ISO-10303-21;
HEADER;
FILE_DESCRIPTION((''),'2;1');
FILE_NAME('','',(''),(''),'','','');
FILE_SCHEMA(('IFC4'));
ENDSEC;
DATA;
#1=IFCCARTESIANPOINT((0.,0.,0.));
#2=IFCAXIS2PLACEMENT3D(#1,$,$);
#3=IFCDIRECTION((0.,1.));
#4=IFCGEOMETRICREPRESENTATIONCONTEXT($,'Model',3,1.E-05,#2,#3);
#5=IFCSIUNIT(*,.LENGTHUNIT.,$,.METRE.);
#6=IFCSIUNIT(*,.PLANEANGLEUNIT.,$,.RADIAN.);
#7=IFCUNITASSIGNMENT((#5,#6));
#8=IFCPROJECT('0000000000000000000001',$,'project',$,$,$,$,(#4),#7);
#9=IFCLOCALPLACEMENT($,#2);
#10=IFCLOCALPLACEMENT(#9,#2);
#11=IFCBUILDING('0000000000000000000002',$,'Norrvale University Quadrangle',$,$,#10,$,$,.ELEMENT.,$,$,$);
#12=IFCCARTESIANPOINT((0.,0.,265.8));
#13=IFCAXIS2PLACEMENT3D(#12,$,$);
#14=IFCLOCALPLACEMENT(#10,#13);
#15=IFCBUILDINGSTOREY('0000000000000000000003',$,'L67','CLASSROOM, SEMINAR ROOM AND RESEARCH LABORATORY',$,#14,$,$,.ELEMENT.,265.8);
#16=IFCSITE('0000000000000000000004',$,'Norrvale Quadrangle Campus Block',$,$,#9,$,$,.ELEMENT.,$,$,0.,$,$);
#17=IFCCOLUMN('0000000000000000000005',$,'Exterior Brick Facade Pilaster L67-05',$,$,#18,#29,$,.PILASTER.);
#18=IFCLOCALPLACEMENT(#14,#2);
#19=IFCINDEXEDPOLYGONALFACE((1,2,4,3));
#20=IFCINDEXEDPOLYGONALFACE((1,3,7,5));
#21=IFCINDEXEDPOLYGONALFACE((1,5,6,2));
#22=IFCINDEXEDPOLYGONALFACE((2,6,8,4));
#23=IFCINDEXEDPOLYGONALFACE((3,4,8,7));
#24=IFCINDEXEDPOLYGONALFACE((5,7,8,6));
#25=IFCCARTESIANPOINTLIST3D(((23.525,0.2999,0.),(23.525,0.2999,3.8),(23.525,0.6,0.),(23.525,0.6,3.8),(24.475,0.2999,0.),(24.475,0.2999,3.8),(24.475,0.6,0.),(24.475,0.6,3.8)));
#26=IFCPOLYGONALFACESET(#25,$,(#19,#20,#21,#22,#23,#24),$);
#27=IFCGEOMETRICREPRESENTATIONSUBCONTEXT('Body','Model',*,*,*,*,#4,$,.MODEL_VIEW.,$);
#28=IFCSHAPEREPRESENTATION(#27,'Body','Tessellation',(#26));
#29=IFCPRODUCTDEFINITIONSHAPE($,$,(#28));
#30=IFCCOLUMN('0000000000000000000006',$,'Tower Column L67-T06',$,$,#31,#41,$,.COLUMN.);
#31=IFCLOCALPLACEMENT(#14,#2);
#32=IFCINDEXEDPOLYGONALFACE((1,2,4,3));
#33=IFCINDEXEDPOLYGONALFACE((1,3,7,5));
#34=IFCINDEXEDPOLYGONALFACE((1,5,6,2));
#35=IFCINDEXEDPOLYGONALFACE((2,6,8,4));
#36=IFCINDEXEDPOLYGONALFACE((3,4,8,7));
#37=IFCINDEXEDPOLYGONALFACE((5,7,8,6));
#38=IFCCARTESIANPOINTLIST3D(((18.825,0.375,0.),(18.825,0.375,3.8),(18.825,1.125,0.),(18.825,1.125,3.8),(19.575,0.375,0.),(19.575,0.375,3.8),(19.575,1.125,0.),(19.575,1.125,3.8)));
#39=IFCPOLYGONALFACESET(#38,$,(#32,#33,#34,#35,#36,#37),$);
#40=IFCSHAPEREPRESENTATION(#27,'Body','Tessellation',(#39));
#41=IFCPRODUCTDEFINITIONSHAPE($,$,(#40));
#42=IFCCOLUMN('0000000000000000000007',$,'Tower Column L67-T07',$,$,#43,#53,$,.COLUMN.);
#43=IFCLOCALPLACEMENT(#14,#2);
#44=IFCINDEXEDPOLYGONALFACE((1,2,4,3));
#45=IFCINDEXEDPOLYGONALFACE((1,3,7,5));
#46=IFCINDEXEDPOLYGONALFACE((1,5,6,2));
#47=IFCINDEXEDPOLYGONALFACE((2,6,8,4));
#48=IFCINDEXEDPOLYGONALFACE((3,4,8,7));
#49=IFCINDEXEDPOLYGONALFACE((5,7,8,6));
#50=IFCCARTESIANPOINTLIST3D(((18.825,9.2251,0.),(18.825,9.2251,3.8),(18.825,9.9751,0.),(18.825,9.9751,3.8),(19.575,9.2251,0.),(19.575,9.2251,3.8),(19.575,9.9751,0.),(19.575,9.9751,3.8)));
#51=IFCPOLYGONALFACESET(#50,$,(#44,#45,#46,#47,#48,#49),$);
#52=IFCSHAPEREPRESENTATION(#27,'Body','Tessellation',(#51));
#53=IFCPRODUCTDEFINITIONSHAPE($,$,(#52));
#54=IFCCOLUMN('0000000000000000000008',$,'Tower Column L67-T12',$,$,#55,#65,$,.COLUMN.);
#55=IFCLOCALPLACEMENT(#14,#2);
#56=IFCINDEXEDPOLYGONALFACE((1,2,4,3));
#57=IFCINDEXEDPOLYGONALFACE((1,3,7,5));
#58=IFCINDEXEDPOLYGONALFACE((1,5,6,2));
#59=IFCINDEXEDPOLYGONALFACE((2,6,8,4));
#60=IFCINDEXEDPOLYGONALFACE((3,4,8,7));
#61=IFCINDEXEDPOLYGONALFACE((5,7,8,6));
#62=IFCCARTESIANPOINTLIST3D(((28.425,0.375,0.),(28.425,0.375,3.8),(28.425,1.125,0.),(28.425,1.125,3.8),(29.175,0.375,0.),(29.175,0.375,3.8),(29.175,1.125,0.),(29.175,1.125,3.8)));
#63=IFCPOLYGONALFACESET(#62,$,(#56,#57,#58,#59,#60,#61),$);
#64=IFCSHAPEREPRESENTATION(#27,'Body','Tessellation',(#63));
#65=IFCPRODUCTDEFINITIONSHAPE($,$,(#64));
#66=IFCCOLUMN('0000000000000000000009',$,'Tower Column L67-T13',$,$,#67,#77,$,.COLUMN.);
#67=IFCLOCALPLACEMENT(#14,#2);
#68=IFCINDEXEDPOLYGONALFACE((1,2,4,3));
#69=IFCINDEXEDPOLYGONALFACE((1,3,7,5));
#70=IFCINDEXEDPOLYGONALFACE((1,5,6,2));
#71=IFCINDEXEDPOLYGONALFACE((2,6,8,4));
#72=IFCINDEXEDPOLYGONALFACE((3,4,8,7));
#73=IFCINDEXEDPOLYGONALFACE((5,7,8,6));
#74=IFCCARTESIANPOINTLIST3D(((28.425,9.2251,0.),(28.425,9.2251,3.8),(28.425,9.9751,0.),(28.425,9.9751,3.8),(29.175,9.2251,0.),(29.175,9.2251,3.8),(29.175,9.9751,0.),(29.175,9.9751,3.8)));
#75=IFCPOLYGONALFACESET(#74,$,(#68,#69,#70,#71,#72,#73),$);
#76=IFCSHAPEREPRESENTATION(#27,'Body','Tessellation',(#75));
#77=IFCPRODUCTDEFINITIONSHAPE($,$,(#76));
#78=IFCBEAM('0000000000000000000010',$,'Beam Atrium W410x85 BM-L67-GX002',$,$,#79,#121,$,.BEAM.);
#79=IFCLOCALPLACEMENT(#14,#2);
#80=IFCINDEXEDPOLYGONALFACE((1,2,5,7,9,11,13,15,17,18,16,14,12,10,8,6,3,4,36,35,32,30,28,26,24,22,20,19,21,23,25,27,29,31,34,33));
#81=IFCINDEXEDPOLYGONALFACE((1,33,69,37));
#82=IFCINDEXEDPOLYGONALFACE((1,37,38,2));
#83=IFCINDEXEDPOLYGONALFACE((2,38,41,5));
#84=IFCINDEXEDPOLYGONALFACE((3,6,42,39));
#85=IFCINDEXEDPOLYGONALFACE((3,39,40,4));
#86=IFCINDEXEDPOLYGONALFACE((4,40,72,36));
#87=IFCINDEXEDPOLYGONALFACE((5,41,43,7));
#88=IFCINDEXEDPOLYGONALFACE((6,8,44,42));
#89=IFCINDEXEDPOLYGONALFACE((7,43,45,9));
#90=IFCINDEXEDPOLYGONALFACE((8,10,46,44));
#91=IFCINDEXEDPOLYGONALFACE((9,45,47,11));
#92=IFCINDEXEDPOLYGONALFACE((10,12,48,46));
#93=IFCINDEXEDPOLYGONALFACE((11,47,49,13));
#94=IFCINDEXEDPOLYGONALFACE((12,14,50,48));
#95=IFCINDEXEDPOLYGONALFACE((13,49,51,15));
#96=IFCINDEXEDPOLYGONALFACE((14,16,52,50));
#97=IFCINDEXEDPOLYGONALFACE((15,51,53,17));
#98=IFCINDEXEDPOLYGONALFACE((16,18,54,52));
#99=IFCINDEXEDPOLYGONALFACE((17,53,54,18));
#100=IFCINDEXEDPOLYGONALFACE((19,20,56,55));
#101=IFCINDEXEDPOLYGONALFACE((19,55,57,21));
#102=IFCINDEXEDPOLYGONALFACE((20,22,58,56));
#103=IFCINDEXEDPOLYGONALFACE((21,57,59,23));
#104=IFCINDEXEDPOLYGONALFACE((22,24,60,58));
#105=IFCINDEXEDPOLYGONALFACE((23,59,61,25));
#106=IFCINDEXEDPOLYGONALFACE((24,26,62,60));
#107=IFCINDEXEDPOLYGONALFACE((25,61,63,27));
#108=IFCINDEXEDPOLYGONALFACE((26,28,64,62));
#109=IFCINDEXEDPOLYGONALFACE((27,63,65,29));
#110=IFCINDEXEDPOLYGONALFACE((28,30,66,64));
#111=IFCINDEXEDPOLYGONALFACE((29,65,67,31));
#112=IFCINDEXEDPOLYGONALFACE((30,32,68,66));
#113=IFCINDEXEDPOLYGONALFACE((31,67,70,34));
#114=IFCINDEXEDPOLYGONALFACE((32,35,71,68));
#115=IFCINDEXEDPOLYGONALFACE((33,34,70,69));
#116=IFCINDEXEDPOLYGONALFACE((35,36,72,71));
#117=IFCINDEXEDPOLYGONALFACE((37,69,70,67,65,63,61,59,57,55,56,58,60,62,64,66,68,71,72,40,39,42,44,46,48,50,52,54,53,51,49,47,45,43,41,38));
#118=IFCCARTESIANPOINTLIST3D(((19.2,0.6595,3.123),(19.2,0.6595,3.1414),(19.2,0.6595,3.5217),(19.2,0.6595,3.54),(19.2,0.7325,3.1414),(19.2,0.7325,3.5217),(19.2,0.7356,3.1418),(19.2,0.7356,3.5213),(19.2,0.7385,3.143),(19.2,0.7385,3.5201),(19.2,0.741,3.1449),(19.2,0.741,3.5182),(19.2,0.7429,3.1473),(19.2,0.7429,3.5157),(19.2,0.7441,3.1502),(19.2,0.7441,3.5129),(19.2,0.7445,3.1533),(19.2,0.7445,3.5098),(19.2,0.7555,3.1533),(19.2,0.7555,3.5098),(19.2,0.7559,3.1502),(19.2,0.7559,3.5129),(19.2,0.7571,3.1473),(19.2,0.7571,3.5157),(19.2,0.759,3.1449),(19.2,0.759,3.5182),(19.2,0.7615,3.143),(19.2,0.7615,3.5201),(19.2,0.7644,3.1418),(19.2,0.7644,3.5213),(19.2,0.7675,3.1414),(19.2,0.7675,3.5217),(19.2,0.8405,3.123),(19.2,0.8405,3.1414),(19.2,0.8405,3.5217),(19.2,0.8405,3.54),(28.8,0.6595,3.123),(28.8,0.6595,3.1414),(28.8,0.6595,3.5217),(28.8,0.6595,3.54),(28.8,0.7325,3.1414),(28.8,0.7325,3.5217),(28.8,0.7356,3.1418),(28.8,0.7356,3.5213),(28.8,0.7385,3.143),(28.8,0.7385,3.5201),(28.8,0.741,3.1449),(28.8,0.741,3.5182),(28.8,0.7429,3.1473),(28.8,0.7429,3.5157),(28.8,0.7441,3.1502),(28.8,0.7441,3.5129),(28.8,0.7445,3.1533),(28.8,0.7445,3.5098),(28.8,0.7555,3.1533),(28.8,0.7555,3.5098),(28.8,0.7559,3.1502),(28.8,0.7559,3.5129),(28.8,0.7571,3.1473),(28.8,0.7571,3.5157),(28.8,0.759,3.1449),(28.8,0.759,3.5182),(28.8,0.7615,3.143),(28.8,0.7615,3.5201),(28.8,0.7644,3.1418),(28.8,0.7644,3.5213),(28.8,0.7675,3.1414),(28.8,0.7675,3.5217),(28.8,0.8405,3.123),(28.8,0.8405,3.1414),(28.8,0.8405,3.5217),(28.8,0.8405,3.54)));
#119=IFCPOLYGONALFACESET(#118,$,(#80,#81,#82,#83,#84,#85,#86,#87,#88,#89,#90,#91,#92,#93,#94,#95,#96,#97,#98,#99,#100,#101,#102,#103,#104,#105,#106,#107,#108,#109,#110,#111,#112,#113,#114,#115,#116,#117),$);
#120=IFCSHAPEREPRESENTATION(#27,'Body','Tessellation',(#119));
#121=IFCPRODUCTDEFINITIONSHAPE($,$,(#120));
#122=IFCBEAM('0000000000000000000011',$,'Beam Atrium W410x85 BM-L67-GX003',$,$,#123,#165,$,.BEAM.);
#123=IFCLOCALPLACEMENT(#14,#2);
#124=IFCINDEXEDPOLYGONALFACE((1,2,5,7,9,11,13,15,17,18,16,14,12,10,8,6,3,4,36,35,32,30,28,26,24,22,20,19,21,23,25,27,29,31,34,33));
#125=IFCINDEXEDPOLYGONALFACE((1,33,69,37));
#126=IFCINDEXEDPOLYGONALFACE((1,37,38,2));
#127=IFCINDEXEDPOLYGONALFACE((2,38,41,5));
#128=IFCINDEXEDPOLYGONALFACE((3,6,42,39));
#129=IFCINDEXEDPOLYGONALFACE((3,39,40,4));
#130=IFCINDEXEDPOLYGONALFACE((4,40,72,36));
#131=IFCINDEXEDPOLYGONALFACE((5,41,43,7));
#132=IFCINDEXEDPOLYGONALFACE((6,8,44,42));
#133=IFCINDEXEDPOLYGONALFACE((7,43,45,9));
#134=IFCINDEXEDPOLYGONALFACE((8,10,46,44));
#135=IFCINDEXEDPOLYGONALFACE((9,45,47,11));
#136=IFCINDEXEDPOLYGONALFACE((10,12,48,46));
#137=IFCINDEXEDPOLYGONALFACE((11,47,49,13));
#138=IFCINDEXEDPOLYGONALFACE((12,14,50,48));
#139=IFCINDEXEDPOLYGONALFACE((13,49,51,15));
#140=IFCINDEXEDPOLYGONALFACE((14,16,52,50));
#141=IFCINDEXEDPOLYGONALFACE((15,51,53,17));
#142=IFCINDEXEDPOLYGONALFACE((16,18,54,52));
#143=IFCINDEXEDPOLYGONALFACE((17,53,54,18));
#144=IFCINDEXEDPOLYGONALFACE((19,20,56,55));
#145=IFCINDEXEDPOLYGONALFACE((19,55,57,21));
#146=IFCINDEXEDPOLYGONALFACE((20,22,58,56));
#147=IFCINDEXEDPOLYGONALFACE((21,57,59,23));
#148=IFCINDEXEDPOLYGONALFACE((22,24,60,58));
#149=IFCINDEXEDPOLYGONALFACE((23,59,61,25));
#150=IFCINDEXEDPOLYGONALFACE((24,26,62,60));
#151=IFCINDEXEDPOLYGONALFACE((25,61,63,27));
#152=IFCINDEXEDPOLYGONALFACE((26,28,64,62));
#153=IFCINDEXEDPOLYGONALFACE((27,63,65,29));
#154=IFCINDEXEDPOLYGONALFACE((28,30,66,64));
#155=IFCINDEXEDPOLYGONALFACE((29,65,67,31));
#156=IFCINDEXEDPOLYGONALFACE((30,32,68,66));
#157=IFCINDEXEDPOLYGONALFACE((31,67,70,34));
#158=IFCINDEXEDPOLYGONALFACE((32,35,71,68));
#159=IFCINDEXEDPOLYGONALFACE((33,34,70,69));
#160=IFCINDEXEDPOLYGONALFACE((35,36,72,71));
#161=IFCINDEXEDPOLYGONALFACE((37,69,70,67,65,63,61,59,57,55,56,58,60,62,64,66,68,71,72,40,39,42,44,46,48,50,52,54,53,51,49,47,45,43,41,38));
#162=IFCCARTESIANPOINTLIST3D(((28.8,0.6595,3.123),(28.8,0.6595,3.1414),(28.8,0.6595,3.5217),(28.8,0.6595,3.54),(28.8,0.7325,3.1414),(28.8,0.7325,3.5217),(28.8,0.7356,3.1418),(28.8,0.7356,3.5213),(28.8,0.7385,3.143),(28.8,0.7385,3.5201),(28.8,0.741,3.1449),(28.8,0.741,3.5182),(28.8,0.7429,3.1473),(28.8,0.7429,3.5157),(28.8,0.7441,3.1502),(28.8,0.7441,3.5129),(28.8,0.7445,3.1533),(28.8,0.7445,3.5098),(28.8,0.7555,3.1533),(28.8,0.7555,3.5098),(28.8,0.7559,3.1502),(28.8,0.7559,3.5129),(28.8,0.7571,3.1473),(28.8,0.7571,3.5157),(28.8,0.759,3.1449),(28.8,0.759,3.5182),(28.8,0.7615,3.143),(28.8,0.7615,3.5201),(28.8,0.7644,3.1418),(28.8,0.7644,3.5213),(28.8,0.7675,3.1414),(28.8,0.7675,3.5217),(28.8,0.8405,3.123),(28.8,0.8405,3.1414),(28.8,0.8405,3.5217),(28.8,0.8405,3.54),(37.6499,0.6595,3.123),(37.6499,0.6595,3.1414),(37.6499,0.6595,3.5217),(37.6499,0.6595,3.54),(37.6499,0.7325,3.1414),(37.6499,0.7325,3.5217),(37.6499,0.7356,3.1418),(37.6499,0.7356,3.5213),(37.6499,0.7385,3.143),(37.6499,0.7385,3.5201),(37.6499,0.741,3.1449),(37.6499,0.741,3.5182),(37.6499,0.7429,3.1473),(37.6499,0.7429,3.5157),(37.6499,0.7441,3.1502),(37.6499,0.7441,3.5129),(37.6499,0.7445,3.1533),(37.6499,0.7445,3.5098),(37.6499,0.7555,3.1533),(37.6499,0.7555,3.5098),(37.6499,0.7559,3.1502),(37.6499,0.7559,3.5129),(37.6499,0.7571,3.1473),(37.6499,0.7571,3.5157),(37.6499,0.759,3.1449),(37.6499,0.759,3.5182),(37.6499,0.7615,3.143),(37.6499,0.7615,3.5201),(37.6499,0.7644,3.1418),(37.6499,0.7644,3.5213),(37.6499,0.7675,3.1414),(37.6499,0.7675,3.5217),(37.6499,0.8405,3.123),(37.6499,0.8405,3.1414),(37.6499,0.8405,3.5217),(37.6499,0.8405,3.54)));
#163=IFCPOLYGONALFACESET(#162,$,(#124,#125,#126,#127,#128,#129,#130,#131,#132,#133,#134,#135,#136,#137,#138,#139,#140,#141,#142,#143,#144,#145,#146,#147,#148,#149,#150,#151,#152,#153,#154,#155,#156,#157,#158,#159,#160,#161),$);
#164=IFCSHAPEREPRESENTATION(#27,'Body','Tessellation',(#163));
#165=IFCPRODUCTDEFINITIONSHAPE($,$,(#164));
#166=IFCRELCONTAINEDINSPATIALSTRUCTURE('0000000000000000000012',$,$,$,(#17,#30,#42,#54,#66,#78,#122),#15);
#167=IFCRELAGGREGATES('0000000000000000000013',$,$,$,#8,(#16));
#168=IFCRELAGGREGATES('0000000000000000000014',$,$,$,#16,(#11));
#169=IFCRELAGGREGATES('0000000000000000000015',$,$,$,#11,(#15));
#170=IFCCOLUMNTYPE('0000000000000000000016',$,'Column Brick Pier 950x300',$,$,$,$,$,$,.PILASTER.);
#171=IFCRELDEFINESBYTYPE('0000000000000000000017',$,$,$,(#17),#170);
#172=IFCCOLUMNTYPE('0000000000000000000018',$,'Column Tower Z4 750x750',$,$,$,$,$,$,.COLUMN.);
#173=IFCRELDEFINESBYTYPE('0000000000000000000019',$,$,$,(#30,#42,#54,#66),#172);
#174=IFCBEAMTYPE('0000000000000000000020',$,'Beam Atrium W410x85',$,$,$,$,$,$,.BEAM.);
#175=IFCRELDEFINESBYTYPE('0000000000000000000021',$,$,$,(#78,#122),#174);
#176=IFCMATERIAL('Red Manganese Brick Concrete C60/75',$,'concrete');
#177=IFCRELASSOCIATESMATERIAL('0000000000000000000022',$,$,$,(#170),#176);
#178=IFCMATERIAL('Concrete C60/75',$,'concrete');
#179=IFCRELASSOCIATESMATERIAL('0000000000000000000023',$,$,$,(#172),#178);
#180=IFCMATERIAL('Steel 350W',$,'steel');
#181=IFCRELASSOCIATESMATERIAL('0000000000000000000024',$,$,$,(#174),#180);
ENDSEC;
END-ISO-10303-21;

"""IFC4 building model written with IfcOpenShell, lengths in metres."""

from ifc_helpers import new_model, si_unit, direction, frame, origin, origin_2d, place, context, subcontext, project, spatial, rectangle, i_section, extrude, material, material_profile, profile_set, type_object, element, save


model = new_model("IFC4")

# Units and contexts
model_context = context("Model", 3, precision=1e-05, world=origin(), true_north=direction((0.0, 1.0)))
body_context = subcontext(model_context, "Body", "Model", "MODEL_VIEW")
ifc_project = project(units=[si_unit("LENGTHUNIT", "METRE"), si_unit("PLANEANGLEUNIT", "RADIAN")], contexts=[model_context])

# Site, building, storey
site_placement = place(None, origin())
site = spatial("IfcSite", under=ifc_project, at=site_placement, Name="Norrvale Quadrangle Campus Block", CompositionType="ELEMENT", RefElevation=0.0)
building_placement = place(site_placement, origin())
building = spatial("IfcBuilding", under=site, at=building_placement, Name="Norrvale University Quadrangle", CompositionType="ELEMENT")
storey_placement = place(building_placement, frame((0.0, 0.0, 265.8)))
storey = spatial("IfcBuildingStorey", under=building, at=storey_placement, Name="L67", Description="CLASSROOM, SEMINAR ROOM AND RESEARCH LABORATORY", CompositionType="ELEMENT", Elevation=265.8)

# Columns
ifc_material_1 = material(Name="Red Manganese Brick Concrete C60/75", Category="concrete")
ifc_material_profile_1 = material_profile(ifc_material_1, rectangle(XDim=0.95, YDim=0.3, at=origin_2d()), Name="Red Manganese Brick Concrete C60/75")
ifc_profile_set_1 = profile_set([ifc_material_profile_1], Name="Red Manganese Brick Concrete C60/75")
column_type_1 = type_object("IfcColumnType", Name="Column Brick Pier 950x300", PredefinedType="PILASTER", material=ifc_profile_set_1)
column_placement = place(storey_placement, frame((24.0, 0.45, 0.0), z_axis=(0.0, 0.0, 1.0), x_axis=(1.0, 0.0, 0.0)))
element("IfcColumn", 1, at=column_placement, inside=storey, type_object=column_type_1, Name="Exterior Brick Facade Pilaster L67-05", PredefinedType="PILASTER", context=body_context, shape_type="SweptSolid", body=[
    extrude(rectangle(XDim=0.95, YDim=0.3, at=origin_2d()), origin(), (0.0, 0.0, 1.0), 3.8),
])
ifc_material_2 = material(Name="Concrete C60/75", Category="concrete")
ifc_material_profile_2 = material_profile(ifc_material_2, rectangle(XDim=0.75, YDim=0.75, at=origin_2d()), Name="Concrete C60/75")
ifc_profile_set_2 = profile_set([ifc_material_profile_2], Name="Concrete C60/75")
column_type_2 = type_object("IfcColumnType", Name="Column Tower Z4 750x750", PredefinedType="COLUMN", material=ifc_profile_set_2)
for number, where, z_axis, x_axis, name in (
    (2, (19.2, 0.75, 0.0), (0.0, 0.0, 1.0), (1.0, 0.0, 0.0), "Tower Column L67-T06"),
    (3, (19.2, 9.6001, 0.0), (0.0, 0.0, 1.0), (1.0, 0.0, 0.0), "Tower Column L67-T07"),
    (4, (28.8, 0.75, 0.0), (0.0, 0.0, 1.0), (1.0, 0.0, 0.0), "Tower Column L67-T12"),
    (5, (28.8, 9.6001, 0.0), (0.0, 0.0, 1.0), (1.0, 0.0, 0.0), "Tower Column L67-T13"),
):
    element("IfcColumn", number, at=place(storey_placement, frame(where, z_axis=z_axis, x_axis=x_axis)), inside=storey, type_object=column_type_2, Name=name, PredefinedType="COLUMN", context=body_context, shape_type="SweptSolid", body=[
        extrude(rectangle(XDim=0.75, YDim=0.75, at=origin_2d()), origin(), (0.0, 0.0, 1.0), 3.8),
    ])

# Beams
ifc_material_3 = material(Name="Steel 350W", Category="steel")
ifc_material_profile_3 = material_profile(ifc_material_3, i_section(OverallWidth=0.1809, OverallDepth=0.417, WebThickness=0.011, FlangeThickness=0.0183, FilletRadius=0.012, at=origin_2d()), Name="Steel 350W")
ifc_profile_set_3 = profile_set([ifc_material_profile_3], Name="Steel 350W")
beam_type_1 = type_object("IfcBeamType", Name="Beam Atrium W410x85", PredefinedType="BEAM", material=ifc_profile_set_3)
beam_1_placement = place(storey_placement, frame((19.2, 0.75, 3.3315), z_axis=(1.0, 0.0, 0.0), x_axis=(0.0, 1.0, 0.0)))
element("IfcBeam", 6, at=beam_1_placement, inside=storey, type_object=beam_type_1, Name="Beam Atrium W410x85 BM-L67-GX002", PredefinedType="BEAM", context=body_context, shape_type="SweptSolid", body=[
    extrude(i_section(OverallWidth=0.1809, OverallDepth=0.417, WebThickness=0.011, FlangeThickness=0.0183, FilletRadius=0.012, at=origin_2d()), origin(), (0.0, 0.0, 1.0), 9.6001),
])
beam_2_placement = place(storey_placement, frame((28.8, 0.75, 3.3315), z_axis=(1.0, 0.0, 0.0), x_axis=(0.0, 1.0, 0.0)))
element("IfcBeam", 7, at=beam_2_placement, inside=storey, type_object=beam_type_1, Name="Beam Atrium W410x85 BM-L67-GX003", PredefinedType="BEAM", context=body_context, shape_type="SweptSolid", body=[
    extrude(i_section(OverallWidth=0.1809, OverallDepth=0.417, WebThickness=0.011, FlangeThickness=0.0183, FilletRadius=0.012, at=origin_2d()), origin(), (0.0, 0.0, 1.0), 8.8499),
])

save(model, "model.ifc")
